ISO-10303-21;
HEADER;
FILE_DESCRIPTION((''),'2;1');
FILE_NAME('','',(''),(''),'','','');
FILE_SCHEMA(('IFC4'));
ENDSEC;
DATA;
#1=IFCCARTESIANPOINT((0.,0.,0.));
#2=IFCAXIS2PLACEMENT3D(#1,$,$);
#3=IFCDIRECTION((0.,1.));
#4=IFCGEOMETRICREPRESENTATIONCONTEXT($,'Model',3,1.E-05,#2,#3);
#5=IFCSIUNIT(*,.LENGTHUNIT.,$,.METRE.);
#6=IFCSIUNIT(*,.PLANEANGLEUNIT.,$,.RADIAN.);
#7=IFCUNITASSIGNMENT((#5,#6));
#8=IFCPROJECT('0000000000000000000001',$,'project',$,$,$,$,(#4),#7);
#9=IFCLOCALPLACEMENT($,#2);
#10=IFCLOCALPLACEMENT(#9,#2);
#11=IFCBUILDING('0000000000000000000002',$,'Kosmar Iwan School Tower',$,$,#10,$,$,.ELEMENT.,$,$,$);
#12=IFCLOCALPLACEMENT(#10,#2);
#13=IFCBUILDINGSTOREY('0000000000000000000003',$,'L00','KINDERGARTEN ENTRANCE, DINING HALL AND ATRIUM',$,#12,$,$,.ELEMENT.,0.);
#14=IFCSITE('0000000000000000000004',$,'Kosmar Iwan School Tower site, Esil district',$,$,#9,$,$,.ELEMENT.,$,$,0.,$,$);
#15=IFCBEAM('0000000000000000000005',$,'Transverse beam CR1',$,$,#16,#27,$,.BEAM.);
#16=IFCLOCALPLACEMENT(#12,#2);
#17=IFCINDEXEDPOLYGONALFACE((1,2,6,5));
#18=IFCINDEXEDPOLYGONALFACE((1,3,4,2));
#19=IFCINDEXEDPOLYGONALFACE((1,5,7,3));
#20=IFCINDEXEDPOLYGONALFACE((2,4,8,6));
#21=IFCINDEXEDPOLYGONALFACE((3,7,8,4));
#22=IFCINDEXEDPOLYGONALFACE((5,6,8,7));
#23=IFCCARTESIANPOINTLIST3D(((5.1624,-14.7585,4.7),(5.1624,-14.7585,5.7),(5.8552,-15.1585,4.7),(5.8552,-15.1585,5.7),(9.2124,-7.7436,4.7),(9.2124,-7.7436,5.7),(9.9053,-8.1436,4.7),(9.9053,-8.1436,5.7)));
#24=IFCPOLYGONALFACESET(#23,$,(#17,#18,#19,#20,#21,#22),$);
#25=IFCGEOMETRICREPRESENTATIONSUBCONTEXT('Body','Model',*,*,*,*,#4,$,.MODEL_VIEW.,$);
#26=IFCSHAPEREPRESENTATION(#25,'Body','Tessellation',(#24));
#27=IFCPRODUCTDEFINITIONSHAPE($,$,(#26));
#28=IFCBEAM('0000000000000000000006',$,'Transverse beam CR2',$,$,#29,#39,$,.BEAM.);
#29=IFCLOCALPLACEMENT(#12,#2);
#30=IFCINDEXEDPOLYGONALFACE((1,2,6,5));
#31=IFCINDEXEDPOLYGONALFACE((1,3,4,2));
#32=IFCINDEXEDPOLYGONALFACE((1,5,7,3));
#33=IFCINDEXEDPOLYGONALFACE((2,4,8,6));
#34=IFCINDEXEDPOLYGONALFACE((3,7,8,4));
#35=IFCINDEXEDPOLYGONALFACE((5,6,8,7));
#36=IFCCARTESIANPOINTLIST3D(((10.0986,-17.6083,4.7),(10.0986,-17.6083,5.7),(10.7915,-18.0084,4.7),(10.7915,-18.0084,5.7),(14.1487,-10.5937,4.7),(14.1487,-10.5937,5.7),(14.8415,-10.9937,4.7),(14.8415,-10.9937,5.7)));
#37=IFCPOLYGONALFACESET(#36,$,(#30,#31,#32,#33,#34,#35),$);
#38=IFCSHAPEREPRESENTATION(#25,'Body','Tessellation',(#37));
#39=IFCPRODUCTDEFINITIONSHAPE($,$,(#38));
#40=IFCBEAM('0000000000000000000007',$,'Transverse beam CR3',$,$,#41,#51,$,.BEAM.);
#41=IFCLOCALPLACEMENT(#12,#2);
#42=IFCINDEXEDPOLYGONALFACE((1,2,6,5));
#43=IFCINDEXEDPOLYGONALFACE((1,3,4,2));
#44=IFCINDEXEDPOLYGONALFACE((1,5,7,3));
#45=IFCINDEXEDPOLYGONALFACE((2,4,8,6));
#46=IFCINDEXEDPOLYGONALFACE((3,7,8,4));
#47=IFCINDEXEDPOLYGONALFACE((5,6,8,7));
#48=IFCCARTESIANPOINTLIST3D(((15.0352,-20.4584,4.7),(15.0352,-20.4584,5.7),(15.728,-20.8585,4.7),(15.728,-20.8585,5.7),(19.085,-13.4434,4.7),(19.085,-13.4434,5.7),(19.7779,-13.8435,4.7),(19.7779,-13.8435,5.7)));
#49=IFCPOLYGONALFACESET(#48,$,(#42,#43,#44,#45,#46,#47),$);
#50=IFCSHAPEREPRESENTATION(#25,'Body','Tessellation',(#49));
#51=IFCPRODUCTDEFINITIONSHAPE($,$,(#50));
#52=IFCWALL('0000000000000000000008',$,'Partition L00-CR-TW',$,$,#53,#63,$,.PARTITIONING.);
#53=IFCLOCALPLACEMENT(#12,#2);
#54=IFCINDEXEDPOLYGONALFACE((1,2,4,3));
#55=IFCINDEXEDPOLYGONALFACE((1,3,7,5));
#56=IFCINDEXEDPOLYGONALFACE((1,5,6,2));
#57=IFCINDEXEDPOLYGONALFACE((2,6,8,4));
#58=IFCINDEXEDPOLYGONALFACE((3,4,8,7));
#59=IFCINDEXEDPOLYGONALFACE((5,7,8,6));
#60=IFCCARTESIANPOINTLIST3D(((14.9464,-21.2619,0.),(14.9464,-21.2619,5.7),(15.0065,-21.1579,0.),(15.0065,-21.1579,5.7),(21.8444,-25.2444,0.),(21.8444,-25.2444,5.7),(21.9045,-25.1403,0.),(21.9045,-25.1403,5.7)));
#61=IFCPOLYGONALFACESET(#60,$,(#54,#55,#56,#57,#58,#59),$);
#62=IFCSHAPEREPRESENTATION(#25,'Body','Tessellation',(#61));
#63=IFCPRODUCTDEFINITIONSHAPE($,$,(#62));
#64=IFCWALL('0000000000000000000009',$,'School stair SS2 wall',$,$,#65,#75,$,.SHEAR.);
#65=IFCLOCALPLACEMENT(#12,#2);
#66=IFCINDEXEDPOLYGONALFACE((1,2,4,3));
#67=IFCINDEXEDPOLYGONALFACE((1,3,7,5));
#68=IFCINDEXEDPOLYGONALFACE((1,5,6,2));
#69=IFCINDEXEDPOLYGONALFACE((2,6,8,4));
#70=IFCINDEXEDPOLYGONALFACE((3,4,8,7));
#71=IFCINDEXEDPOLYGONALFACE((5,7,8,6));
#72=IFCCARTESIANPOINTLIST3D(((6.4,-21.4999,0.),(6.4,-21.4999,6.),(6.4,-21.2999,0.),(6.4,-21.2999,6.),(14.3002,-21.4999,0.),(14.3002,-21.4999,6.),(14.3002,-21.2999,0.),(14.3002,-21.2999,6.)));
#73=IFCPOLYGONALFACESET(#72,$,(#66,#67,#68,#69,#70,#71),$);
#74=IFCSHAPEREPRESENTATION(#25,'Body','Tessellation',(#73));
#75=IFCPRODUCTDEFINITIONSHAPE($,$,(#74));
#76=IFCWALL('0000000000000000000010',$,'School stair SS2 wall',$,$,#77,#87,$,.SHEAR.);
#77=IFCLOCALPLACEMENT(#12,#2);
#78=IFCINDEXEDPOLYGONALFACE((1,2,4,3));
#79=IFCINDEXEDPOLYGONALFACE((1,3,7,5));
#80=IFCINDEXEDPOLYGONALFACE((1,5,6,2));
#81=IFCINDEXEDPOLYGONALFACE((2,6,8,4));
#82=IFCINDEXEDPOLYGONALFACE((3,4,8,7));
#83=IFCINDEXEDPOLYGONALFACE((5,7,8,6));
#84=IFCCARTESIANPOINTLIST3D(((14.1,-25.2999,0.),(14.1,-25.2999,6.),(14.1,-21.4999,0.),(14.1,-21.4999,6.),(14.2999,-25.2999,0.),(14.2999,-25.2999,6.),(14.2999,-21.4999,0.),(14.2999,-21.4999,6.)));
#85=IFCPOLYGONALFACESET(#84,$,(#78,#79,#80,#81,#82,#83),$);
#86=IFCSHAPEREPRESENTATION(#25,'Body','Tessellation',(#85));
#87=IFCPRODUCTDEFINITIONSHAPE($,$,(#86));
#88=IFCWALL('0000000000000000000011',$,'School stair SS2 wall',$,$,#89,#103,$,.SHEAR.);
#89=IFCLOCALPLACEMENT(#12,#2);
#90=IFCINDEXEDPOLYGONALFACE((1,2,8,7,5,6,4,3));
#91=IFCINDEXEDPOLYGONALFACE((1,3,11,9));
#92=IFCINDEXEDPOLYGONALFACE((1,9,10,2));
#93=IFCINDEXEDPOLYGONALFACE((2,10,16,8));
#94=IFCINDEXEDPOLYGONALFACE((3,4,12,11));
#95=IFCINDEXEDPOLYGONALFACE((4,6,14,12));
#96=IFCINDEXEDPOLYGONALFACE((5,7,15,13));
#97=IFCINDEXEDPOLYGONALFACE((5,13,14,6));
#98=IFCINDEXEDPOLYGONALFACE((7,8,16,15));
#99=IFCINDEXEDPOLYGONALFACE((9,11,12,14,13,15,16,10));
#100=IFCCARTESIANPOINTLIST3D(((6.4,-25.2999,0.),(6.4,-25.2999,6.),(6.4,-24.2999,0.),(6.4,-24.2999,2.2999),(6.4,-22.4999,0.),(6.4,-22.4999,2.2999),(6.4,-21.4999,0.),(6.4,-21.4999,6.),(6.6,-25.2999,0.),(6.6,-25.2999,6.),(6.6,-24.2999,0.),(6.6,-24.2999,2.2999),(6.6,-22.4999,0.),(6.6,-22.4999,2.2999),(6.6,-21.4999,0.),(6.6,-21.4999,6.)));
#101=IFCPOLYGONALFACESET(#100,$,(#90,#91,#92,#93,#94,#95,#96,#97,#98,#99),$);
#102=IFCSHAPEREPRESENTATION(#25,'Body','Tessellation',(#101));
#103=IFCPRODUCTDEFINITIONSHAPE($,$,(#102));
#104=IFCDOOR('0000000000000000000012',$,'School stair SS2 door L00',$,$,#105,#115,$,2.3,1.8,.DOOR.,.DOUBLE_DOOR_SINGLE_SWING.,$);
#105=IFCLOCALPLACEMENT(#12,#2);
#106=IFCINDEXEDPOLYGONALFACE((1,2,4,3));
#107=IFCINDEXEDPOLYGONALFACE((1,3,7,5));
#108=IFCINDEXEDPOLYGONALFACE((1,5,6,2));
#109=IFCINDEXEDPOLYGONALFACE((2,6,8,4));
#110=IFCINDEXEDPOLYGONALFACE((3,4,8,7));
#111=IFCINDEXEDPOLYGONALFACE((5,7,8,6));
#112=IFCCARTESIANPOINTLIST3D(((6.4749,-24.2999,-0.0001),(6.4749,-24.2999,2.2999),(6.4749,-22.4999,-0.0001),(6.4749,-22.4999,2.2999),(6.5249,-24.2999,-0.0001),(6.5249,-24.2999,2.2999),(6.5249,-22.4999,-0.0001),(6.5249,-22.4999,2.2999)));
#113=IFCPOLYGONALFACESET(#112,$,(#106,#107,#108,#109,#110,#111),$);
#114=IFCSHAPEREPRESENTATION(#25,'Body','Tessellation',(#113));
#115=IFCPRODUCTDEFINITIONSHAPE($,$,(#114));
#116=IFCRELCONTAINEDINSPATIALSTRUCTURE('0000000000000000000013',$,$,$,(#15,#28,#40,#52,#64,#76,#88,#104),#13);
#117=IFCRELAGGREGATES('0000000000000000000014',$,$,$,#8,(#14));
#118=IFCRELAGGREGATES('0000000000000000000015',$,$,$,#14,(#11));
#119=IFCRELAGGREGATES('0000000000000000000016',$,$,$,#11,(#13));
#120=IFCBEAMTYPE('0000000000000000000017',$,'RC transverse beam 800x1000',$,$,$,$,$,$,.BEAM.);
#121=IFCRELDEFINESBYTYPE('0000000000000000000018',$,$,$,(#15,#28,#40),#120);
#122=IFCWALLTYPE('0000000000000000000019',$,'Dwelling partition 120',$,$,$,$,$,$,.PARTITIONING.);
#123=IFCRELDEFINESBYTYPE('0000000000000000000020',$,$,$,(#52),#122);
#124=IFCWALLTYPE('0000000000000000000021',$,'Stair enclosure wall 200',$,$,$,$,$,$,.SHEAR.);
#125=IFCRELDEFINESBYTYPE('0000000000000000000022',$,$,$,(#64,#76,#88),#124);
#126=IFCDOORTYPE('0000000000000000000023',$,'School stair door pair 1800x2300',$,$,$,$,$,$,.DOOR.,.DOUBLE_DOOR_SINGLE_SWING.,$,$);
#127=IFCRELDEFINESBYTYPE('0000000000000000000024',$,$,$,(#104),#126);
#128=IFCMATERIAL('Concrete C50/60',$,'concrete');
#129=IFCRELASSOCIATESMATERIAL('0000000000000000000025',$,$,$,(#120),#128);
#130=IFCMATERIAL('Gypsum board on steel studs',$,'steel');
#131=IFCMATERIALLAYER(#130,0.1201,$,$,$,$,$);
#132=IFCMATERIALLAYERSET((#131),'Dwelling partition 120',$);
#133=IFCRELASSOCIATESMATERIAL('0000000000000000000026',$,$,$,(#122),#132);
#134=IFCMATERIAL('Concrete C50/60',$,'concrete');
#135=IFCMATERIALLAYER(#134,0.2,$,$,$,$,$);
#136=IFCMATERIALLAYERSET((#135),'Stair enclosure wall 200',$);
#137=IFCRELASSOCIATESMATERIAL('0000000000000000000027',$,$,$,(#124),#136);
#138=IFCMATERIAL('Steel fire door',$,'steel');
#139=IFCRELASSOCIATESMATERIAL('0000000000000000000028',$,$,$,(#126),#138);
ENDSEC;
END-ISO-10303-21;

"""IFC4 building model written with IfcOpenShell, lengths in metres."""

from ifc_helpers import new_model, si_unit, direction, frame, frame_2d, origin, origin_2d, place, context, subcontext, project, spatial, rectangle, extrude, material, layer, layer_set, material_profile, profile_set, type_object, element, fill, save


model = new_model("IFC4")

# Units and contexts
model_context = context("Model", 3, precision=1e-05, world=origin(), true_north=direction((0.0, 1.0)))
body_context = subcontext(model_context, "Body", "Model", "MODEL_VIEW")
ifc_project = project(units=[si_unit("LENGTHUNIT", "METRE"), si_unit("PLANEANGLEUNIT", "RADIAN")], contexts=[model_context])

# Site, building, storey
site_placement = place(None, origin())
site = spatial("IfcSite", under=ifc_project, at=site_placement, Name="Kosmar Iwan School Tower site, Esil district", CompositionType="ELEMENT", RefElevation=0.0)
building_placement = place(site_placement, origin())
building = spatial("IfcBuilding", under=site, at=building_placement, Name="Kosmar Iwan School Tower", CompositionType="ELEMENT")
storey_placement = place(building_placement, origin())
storey = spatial("IfcBuildingStorey", under=building, at=storey_placement, Name="L00", Description="KINDERGARTEN ENTRANCE, DINING HALL AND ATRIUM", CompositionType="ELEMENT", Elevation=0.0)

# Beams
ifc_material_1 = material(Name="Concrete C50/60", Category="concrete")
ifc_material_profile_1 = material_profile(ifc_material_1, rectangle(XDim=0.8, YDim=1.0, at=origin_2d()), Name="RC 800x1000")
ifc_profile_set_1 = profile_set([ifc_material_profile_1], Name="Concrete C50/60")
beam_type_1 = type_object("IfcBeamType", Name="RC transverse beam 800x1000", PredefinedType="BEAM", material=ifc_profile_set_1)
beam_1_placement = place(storey_placement, frame((5.5088, -14.9585, 5.2), z_axis=(0.5, 0.866025, 0.0), x_axis=(-0.866025, 0.5, 0.0)))
element("IfcBeam", 1, at=beam_1_placement, inside=storey, type_object=beam_type_1, Name="Transverse beam CR1", PredefinedType="BEAM", context=body_context, shape_type="SweptSolid", body=[
    extrude(rectangle(XDim=0.8, YDim=1.0, at=origin_2d()), origin(), (0.0, 0.0, 1.0), 8.1001),
])
beam_2_placement = place(storey_placement, frame((10.4451, -17.8083, 5.2), z_axis=(0.500013, 0.866018, 0.0), x_axis=(-0.866018, 0.500013, 0.0)))
element("IfcBeam", 2, at=beam_2_placement, inside=storey, type_object=beam_type_1, Name="Transverse beam CR2", PredefinedType="BEAM", context=body_context, shape_type="SweptSolid", body=[
    extrude(rectangle(XDim=0.8, YDim=1.0, at=origin_2d()), origin(), (0.0, 0.0, 1.0), 8.0999),
])
beam_3_placement = place(storey_placement, frame((15.3816, -20.6584, 5.2), z_axis=(0.499977, 0.866039, 0.0), x_axis=(-0.866039, 0.499977, 0.0)))
element("IfcBeam", 3, at=beam_3_placement, inside=storey, type_object=beam_type_1, Name="Transverse beam CR3", PredefinedType="BEAM", context=body_context, shape_type="SweptSolid", body=[
    extrude(rectangle(XDim=0.8, YDim=1.0, at=origin_2d()), origin(), (0.0, 0.0, 1.0), 8.1001),
])

# Walls
ifc_material_2 = material(Name="Gypsum board on steel studs", Category="steel")
ifc_layer_1 = layer(ifc_material_2, 0.1201)
ifc_layer_set_1 = layer_set([ifc_layer_1], Name="Dwelling partition 120")
wall_type_1 = type_object("IfcWallType", Name="Dwelling partition 120", PredefinedType="PARTITIONING", material=ifc_layer_set_1)
wall_1_placement = place(storey_placement, frame((14.9766, -21.21, 0.0), z_axis=(0.0, 0.0, 1.0), x_axis=(0.866031, -0.49999, 0.0)))
element("IfcWall", 4, at=wall_1_placement, inside=storey, type_object=wall_type_1, Name="Partition L00-CR-TW", PredefinedType="PARTITIONING", context=body_context, shape_type="SweptSolid", body=[
    extrude(rectangle(XDim=7.9651, YDim=0.1201, at=frame_2d((3.9824, 0.0))), origin(), (0.0, 0.0, 1.0), 5.7),
])
ifc_material_3 = material(Name="Concrete C50/60", Category="concrete")
ifc_layer_2 = layer(ifc_material_3, 0.2)
ifc_layer_set_2 = layer_set([ifc_layer_2], Name="Stair enclosure wall 200")
wall_type_2 = type_object("IfcWallType", Name="Stair enclosure wall 200", PredefinedType="SHEAR", material=ifc_layer_set_2)
wall_2_placement = place(storey_placement, frame((6.3999, -21.3999, 0.0), z_axis=(0.0, 0.0, 1.0), x_axis=(1.0, 0.0, 0.0)))
element("IfcWall", 5, at=wall_2_placement, inside=storey, type_object=wall_type_2, Name="School stair SS2 wall", PredefinedType="SHEAR", context=body_context, shape_type="SweptSolid", body=[
    extrude(rectangle(XDim=7.9001, YDim=0.2, at=frame_2d((3.9502, 0.0))), origin(), (0.0, 0.0, 1.0), 6.0),
])
wall_3_placement = place(storey_placement, frame((14.2, -21.5, 0.0), z_axis=(0.0, 0.0, 1.0), x_axis=(0.0, -1.0, 0.0)))
element("IfcWall", 6, at=wall_3_placement, inside=storey, type_object=wall_type_2, Name="School stair SS2 wall", PredefinedType="SHEAR", context=body_context, shape_type="SweptSolid", body=[
    extrude(rectangle(XDim=3.8, YDim=0.2, at=frame_2d((1.8999, 0.0))), origin(), (0.0, 0.0, 1.0), 6.0),
])

# Wall, opening, door
wall_4_placement = place(storey_placement, frame((6.5, -21.5, 0.0), z_axis=(0.0, 0.0, 1.0), x_axis=(0.0, -1.0, 0.0)))
wall_4 = element("IfcWall", 7, at=wall_4_placement, inside=storey, type_object=wall_type_2, Name="School stair SS2 wall", PredefinedType="SHEAR", context=body_context, shape_type="SweptSolid", body=[
    extrude(rectangle(XDim=3.8, YDim=0.2, at=frame_2d((1.8999, 0.0))), origin(), (0.0, 0.0, 1.0), 6.0),
])
opening_placement = place(wall_4_placement, frame((1.0, 0.0, 0.0)))
opening = element("IfcOpeningElement", 8, at=opening_placement, cuts=wall_4, PredefinedType="OPENING", context=body_context, shape_type="SweptSolid", body=[
    extrude(rectangle(XDim=1.8, YDim=2.3, at=frame_2d((0.8999, 1.1499))), frame((0.0, 0.1121, 0.0), z_axis=(0.0, -1.0, 0.0), x_axis=(1.0, 0.0, 0.0)), (0.0, 0.0, 1.0), 0.2239),
])
ifc_material_4 = material(Name="Steel fire door", Category="steel")
door_type = type_object("IfcDoorType", Name="School stair door pair 1800x2300", OperationType="DOUBLE_DOOR_SINGLE_SWING", PredefinedType="DOOR", material=ifc_material_4)
door_placement = place(opening_placement, origin())
door = element("IfcDoor", 9, at=door_placement, inside=storey, type_object=door_type, Name="School stair SS2 door L00", OperationType="DOUBLE_DOOR_SINGLE_SWING", OverallHeight=2.3, OverallWidth=1.8, PredefinedType="DOOR", context=body_context, shape_type="SweptSolid", body=[
    extrude(rectangle(XDim=1.8, YDim=2.3, at=frame_2d((0.8999, 1.1499))), frame((0.0, 0.0249, 0.0), z_axis=(0.0, -1.0, 0.0), x_axis=(1.0, 0.0, 0.0)), (0.0, 0.0, 1.0), 0.05),
])
fill(opening, door)

save(model, "model.ifc")
